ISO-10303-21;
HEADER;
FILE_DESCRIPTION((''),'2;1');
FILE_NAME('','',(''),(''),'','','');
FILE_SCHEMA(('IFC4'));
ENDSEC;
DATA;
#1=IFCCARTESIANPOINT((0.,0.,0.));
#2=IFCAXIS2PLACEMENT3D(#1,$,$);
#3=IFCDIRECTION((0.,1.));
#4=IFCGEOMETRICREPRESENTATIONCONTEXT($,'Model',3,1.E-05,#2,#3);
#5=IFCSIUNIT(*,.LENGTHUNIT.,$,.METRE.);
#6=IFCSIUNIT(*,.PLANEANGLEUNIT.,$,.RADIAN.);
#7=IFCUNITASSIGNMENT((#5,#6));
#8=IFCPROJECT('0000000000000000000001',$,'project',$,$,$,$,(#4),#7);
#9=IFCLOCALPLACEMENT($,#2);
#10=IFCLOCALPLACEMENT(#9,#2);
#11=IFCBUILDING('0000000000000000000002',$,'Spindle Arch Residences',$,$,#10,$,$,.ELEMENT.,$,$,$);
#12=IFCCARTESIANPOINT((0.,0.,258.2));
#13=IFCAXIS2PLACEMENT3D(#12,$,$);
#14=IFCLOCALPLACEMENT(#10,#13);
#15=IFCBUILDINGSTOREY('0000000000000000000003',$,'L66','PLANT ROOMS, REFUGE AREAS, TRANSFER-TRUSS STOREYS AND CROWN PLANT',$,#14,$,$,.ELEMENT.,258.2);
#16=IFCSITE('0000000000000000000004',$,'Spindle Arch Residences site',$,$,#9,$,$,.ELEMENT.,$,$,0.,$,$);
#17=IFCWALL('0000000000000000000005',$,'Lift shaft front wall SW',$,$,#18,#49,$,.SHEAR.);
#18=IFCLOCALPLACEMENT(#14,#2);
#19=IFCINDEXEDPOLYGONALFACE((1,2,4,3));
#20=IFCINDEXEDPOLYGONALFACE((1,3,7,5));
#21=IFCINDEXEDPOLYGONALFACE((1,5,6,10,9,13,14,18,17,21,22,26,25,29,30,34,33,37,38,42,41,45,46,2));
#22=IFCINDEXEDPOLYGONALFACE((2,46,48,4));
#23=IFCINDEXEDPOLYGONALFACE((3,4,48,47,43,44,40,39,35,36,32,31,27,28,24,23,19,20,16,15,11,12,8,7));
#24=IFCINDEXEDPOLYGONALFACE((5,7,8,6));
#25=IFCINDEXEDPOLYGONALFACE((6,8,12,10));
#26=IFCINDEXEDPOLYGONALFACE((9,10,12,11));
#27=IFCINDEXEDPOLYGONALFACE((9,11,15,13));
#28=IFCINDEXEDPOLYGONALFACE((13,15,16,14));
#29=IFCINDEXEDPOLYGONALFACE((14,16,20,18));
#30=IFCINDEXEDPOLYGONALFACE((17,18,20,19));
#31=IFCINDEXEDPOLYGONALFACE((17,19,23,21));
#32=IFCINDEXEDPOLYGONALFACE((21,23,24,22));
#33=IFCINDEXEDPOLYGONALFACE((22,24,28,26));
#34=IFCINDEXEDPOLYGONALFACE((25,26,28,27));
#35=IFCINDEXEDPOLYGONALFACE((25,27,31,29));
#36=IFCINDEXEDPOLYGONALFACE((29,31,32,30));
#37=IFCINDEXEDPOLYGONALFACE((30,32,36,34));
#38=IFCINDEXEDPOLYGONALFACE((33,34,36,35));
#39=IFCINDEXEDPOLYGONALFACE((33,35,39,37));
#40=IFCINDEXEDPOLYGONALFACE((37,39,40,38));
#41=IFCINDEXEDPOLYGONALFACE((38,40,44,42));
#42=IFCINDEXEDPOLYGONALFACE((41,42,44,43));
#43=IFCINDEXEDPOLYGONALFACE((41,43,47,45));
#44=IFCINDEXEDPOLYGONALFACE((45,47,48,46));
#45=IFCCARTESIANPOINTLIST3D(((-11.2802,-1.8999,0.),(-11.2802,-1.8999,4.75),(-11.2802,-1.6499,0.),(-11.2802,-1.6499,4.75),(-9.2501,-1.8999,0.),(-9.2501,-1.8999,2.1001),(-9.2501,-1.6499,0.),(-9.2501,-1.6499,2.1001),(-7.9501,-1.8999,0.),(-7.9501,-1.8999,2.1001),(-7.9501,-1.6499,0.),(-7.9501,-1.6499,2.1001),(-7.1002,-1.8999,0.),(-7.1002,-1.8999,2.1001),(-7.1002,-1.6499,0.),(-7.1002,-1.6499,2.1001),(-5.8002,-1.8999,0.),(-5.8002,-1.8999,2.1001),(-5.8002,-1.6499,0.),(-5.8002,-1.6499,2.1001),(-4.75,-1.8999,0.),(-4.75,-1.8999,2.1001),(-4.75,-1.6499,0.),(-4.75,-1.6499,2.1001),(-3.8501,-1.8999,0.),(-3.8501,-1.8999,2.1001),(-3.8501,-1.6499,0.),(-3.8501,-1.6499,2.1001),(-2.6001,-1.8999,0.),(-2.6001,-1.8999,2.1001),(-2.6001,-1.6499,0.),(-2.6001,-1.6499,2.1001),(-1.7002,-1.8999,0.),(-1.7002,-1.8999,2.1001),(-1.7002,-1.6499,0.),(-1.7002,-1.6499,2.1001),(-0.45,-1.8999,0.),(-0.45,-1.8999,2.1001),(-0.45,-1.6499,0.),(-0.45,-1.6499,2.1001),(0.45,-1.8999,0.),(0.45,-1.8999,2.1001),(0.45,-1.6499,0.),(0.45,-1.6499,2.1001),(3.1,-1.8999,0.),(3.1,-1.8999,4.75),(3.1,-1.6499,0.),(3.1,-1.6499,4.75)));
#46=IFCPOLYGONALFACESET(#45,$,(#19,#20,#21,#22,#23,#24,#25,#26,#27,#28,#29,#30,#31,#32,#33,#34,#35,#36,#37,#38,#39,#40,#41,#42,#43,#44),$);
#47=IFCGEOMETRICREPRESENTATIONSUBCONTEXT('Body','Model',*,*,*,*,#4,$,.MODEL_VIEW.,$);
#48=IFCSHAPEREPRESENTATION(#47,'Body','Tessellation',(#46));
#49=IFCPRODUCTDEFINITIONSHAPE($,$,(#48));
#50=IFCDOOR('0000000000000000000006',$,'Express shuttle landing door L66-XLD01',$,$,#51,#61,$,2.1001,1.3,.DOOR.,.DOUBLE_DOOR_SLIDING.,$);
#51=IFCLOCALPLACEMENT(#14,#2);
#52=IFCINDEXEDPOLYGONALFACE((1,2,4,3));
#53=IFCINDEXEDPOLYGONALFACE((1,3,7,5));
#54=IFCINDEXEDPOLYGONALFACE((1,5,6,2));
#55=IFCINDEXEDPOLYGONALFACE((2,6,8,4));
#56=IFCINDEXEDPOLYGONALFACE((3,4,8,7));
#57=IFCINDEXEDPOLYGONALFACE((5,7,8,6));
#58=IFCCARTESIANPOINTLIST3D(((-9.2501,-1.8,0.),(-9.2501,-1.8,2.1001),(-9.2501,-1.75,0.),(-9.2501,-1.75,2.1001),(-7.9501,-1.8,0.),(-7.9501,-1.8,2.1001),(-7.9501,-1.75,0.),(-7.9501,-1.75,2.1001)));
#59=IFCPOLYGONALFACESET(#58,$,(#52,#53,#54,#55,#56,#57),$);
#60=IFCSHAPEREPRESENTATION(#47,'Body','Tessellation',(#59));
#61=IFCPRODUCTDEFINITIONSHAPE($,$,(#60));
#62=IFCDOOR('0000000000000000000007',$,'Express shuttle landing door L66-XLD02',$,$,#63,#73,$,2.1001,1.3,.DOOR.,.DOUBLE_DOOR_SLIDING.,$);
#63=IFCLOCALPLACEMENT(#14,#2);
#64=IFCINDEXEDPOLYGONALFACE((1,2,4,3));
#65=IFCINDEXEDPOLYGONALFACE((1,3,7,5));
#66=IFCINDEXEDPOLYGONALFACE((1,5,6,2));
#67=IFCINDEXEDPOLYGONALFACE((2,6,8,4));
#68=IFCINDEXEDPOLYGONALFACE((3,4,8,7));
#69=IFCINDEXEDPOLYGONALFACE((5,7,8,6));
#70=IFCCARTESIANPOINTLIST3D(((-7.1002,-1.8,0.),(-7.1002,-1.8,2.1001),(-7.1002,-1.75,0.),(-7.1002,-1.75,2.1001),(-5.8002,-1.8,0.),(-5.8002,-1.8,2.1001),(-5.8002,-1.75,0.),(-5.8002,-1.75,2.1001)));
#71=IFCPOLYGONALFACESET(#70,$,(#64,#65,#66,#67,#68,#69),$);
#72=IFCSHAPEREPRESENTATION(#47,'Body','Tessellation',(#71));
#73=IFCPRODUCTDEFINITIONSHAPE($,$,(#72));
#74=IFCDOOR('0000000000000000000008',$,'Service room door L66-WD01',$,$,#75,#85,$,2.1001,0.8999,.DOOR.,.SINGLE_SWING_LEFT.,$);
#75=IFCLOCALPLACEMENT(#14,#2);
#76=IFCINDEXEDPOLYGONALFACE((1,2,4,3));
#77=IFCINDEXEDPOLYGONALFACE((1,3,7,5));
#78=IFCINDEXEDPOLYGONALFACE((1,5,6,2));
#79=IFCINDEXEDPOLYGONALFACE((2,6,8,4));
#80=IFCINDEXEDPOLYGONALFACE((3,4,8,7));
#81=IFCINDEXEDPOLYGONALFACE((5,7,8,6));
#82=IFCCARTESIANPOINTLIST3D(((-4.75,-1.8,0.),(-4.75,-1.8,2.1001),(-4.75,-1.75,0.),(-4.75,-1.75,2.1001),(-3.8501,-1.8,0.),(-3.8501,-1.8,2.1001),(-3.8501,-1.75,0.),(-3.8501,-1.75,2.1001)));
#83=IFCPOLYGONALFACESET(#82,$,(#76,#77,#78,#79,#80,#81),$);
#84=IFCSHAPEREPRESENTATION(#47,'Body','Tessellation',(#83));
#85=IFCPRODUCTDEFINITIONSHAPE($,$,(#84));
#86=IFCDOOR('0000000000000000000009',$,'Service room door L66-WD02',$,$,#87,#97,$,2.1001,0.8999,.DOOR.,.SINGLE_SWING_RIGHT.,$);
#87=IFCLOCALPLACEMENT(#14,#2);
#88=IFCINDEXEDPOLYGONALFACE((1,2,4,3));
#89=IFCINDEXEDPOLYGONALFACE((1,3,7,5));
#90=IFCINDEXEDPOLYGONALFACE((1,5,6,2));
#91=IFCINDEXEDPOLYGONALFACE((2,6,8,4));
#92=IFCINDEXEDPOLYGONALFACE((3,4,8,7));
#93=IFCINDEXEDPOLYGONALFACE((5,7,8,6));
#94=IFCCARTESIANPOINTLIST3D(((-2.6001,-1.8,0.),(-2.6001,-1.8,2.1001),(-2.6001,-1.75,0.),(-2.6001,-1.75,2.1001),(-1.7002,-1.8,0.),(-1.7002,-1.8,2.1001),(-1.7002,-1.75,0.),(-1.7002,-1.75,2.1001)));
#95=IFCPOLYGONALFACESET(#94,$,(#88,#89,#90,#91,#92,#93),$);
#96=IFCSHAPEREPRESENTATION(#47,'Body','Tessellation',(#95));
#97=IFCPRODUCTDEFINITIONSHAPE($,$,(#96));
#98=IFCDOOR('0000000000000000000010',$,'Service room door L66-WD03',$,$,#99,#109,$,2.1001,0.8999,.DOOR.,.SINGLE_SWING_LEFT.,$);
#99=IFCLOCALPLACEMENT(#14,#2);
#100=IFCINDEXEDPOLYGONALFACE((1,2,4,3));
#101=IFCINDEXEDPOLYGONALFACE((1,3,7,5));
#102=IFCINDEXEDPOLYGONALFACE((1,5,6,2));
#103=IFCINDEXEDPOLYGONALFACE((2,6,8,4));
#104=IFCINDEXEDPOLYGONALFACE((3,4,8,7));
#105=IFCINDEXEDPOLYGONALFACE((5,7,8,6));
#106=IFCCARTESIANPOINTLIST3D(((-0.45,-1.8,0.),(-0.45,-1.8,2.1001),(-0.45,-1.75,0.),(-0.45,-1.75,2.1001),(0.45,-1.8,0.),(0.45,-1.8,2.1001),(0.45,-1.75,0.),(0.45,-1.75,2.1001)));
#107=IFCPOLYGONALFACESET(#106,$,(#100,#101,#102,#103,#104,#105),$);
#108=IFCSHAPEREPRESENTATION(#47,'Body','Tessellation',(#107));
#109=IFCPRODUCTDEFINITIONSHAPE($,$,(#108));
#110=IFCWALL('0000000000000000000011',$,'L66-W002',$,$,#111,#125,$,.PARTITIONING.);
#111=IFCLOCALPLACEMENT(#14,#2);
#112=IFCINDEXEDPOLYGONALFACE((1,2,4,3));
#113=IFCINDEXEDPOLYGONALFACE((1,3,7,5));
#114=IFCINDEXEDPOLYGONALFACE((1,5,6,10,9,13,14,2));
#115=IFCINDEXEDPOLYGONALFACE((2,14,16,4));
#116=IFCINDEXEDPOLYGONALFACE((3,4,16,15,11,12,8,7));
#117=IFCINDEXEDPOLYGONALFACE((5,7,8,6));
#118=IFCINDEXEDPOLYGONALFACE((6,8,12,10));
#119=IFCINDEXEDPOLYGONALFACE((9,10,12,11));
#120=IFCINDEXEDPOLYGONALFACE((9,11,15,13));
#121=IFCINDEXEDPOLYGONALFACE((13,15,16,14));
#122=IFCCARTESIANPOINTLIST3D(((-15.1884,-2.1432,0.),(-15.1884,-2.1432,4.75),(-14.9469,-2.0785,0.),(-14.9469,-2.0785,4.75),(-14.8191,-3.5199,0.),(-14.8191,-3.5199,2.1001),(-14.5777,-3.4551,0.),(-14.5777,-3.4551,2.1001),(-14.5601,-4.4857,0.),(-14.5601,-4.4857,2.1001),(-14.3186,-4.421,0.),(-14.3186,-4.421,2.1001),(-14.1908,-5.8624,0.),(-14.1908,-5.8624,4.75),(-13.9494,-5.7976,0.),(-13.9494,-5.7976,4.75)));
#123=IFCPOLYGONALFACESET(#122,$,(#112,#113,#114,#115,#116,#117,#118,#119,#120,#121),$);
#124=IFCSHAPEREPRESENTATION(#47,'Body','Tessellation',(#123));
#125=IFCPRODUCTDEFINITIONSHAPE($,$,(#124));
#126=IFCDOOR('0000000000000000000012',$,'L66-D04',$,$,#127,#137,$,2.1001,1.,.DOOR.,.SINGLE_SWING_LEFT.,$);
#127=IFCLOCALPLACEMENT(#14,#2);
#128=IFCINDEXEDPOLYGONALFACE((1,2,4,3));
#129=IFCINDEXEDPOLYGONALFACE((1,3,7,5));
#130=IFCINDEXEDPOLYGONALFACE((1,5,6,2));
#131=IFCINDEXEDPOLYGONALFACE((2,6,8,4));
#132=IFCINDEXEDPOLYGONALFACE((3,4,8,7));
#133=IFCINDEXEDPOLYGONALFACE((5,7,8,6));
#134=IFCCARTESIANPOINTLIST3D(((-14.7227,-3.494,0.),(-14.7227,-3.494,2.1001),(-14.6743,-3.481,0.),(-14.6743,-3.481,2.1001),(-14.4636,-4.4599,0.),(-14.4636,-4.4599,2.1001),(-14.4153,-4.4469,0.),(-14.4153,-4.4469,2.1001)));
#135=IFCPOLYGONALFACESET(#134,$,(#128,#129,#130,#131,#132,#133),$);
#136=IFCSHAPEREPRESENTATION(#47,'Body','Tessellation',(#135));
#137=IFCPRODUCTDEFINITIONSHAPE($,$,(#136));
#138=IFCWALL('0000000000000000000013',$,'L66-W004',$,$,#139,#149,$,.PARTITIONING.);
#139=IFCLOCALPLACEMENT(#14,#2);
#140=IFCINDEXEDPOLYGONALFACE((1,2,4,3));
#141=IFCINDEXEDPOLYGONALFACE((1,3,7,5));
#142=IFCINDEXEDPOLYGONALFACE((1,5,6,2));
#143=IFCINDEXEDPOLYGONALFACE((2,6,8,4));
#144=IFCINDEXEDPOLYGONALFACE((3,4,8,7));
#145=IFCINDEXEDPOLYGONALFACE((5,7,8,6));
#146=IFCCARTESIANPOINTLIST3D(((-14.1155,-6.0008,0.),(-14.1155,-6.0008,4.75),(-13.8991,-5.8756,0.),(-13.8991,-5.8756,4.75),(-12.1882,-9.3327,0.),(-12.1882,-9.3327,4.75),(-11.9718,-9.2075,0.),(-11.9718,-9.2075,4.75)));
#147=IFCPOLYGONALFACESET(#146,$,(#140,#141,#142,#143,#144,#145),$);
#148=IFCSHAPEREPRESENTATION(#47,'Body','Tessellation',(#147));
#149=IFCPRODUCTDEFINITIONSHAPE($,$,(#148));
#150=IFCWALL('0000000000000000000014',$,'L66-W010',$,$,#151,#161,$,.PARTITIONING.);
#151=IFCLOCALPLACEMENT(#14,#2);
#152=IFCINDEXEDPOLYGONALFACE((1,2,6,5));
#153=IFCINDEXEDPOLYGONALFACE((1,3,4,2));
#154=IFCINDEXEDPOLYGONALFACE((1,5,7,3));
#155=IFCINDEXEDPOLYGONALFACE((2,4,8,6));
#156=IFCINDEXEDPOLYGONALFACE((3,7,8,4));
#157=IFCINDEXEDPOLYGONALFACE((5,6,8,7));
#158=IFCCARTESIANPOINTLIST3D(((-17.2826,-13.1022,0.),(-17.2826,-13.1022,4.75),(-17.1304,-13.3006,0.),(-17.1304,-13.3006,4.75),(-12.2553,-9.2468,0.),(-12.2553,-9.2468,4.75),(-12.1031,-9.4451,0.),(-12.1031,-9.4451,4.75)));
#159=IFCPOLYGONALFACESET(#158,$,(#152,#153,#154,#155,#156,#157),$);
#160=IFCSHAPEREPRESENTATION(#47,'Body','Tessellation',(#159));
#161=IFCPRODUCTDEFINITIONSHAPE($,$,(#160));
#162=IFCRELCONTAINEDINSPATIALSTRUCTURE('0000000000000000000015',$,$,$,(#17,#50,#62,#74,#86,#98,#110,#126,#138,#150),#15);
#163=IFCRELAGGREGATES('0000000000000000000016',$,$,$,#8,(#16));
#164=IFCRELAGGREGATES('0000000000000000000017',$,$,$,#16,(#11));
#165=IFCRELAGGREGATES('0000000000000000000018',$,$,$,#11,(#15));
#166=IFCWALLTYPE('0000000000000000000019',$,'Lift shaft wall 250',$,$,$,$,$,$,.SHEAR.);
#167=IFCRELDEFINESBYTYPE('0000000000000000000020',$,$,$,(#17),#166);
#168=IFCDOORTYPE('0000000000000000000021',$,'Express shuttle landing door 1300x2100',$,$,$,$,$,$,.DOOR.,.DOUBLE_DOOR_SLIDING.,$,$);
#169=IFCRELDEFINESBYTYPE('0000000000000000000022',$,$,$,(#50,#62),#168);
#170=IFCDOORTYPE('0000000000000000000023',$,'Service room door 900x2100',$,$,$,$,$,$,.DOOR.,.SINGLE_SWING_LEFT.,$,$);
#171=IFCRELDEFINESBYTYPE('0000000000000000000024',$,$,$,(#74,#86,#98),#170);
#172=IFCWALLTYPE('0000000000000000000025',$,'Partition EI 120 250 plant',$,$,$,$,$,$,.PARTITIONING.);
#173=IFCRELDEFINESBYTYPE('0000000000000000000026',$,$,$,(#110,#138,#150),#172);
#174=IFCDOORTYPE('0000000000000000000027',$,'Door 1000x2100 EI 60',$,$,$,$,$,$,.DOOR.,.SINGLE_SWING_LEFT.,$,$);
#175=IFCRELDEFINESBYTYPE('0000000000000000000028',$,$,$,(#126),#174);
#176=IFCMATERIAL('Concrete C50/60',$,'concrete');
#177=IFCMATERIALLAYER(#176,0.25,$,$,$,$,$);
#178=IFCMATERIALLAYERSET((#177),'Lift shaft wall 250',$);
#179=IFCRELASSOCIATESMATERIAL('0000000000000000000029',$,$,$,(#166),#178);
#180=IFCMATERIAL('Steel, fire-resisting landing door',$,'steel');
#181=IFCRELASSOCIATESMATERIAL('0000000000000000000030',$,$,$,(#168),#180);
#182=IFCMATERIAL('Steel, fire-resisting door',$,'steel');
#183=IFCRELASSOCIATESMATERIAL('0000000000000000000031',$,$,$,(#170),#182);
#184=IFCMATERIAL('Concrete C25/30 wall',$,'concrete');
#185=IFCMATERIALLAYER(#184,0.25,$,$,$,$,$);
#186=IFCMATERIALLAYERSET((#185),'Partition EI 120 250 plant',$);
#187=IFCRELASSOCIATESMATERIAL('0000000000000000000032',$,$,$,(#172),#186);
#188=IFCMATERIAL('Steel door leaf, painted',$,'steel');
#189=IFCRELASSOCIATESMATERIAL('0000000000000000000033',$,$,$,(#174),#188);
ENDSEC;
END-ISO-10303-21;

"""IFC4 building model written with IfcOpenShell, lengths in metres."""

from ifc_helpers import new_model, si_unit, direction, frame, frame_2d, origin, place, context, subcontext, project, spatial, rectangle, extrude, material, layer, layer_set, type_object, element, fill, save


model = new_model("IFC4")

# Units and contexts
model_context = context("Model", 3, precision=1e-05, world=origin(), true_north=direction((0.0, 1.0)))
body_context = subcontext(model_context, "Body", "Model", "MODEL_VIEW")
ifc_project = project(units=[si_unit("LENGTHUNIT", "METRE"), si_unit("PLANEANGLEUNIT", "RADIAN")], contexts=[model_context])

# Site, building, storey
site_placement = place(None, origin())
site = spatial("IfcSite", under=ifc_project, at=site_placement, Name="Spindle Arch Residences site", CompositionType="ELEMENT", RefElevation=0.0)
building_placement = place(site_placement, origin())
building = spatial("IfcBuilding", under=site, at=building_placement, Name="Spindle Arch Residences", CompositionType="ELEMENT")
storey_placement = place(building_placement, frame((0.0, 0.0, 258.2)))
storey = spatial("IfcBuildingStorey", under=building, at=storey_placement, Name="L66", Description="PLANT ROOMS, REFUGE AREAS, TRANSFER-TRUSS STOREYS AND CROWN PLANT", CompositionType="ELEMENT", Elevation=258.2)

# Wall, openings, doors
ifc_material_1 = material(Name="Concrete C50/60", Category="concrete")
ifc_layer_1 = layer(ifc_material_1, 0.25)
ifc_layer_set_1 = layer_set([ifc_layer_1], Name="Lift shaft wall 250")
wall_type_1 = type_object("IfcWallType", Name="Lift shaft wall 250", PredefinedType="SHEAR", material=ifc_layer_set_1)
wall_1_placement = place(storey_placement, frame((-11.28, -1.7749, 0.0), z_axis=(0.0, 0.0, 1.0), x_axis=(1.0, 0.0, 0.0)))
wall_1 = element("IfcWall", 1, at=wall_1_placement, inside=storey, type_object=wall_type_1, Name="Lift shaft front wall SW", PredefinedType="SHEAR", context=body_context, shape_type="SweptSolid", body=[
    extrude(rectangle(XDim=14.3801, YDim=0.25, at=frame_2d((7.1899, 0.0))), origin(), (0.0, 0.0, 1.0), 4.75),
])
opening_1_placement = place(wall_1_placement, frame((2.03, 0.0, 0.0)))
opening_1 = element("IfcOpeningElement", 2, at=opening_1_placement, cuts=wall_1, PredefinedType="OPENING", context=body_context, shape_type="SweptSolid", body=[
    extrude(rectangle(XDim=1.3, YDim=2.1001, at=frame_2d((0.6499, 1.05))), frame((0.0, 0.135, 0.0), z_axis=(0.0, -1.0, 0.0), x_axis=(1.0, 0.0, 0.0)), (0.0, 0.0, 1.0), 0.27),
])
opening_2_placement = place(wall_1_placement, frame((4.1799, 0.0, 0.0)))
opening_2 = element("IfcOpeningElement", 3, at=opening_2_placement, cuts=wall_1, PredefinedType="OPENING", context=body_context, shape_type="SweptSolid", body=[
    extrude(rectangle(XDim=1.3, YDim=2.1001, at=frame_2d((0.6499, 1.05))), frame((0.0, 0.135, 0.0), z_axis=(0.0, -1.0, 0.0), x_axis=(1.0, 0.0, 0.0)), (0.0, 0.0, 1.0), 0.27),
])
opening_3_placement = place(wall_1_placement, frame((6.53, 0.0, 0.0)))
opening_3 = element("IfcOpeningElement", 4, at=opening_3_placement, cuts=wall_1, PredefinedType="OPENING", context=body_context, shape_type="SweptSolid", body=[
    extrude(rectangle(XDim=0.8999, YDim=2.1001, at=frame_2d((0.45, 1.05))), frame((0.0, 0.135, 0.0), z_axis=(0.0, -1.0, 0.0), x_axis=(1.0, 0.0, 0.0)), (0.0, 0.0, 1.0), 0.27),
])
opening_4_placement = place(wall_1_placement, frame((8.6799, 0.0, 0.0)))
opening_4 = element("IfcOpeningElement", 5, at=opening_4_placement, cuts=wall_1, PredefinedType="OPENING", context=body_context, shape_type="SweptSolid", body=[
    extrude(rectangle(XDim=0.8999, YDim=2.1001, at=frame_2d((0.45, 1.05))), frame((0.0, 0.135, 0.0), z_axis=(0.0, -1.0, 0.0), x_axis=(1.0, 0.0, 0.0)), (0.0, 0.0, 1.0), 0.27),
])
opening_5_placement = place(wall_1_placement, frame((10.8301, 0.0, 0.0)))
opening_5 = element("IfcOpeningElement", 6, at=opening_5_placement, cuts=wall_1, PredefinedType="OPENING", context=body_context, shape_type="SweptSolid", body=[
    extrude(rectangle(XDim=0.8999, YDim=2.1001, at=frame_2d((0.45, 1.05))), frame((0.0, 0.135, 0.0), z_axis=(0.0, -1.0, 0.0), x_axis=(1.0, 0.0, 0.0)), (0.0, 0.0, 1.0), 0.27),
])
ifc_material_2 = material(Name="Steel, fire-resisting landing door", Category="steel")
door_type_1 = type_object("IfcDoorType", Name="Express shuttle landing door 1300x2100", OperationType="DOUBLE_DOOR_SLIDING", PredefinedType="DOOR", material=ifc_material_2)
door_1_placement = place(opening_1_placement, origin())
door_1 = element("IfcDoor", 7, at=door_1_placement, inside=storey, type_object=door_type_1, Name="Express shuttle landing door L66-XLD01", OperationType="DOUBLE_DOOR_SLIDING", OverallHeight=2.1001, OverallWidth=1.3, PredefinedType="DOOR", context=body_context, shape_type="SweptSolid", body=[
    extrude(rectangle(XDim=1.3, YDim=2.1001, at=frame_2d((0.6499, 1.05))), frame((0.0, 0.0249, 0.0), z_axis=(0.0, -1.0, 0.0), x_axis=(1.0, 0.0, 0.0)), (0.0, 0.0, 1.0), 0.05),
])
fill(opening_1, door_1)
door_2_placement = place(opening_2_placement, origin())
door_2 = element("IfcDoor", 8, at=door_2_placement, inside=storey, type_object=door_type_1, Name="Express shuttle landing door L66-XLD02", OperationType="DOUBLE_DOOR_SLIDING", OverallHeight=2.1001, OverallWidth=1.3, PredefinedType="DOOR", context=body_context, shape_type="SweptSolid", body=[
    extrude(rectangle(XDim=1.3, YDim=2.1001, at=frame_2d((0.6499, 1.05))), frame((0.0, 0.0249, 0.0), z_axis=(0.0, -1.0, 0.0), x_axis=(1.0, 0.0, 0.0)), (0.0, 0.0, 1.0), 0.05),
])
fill(opening_2, door_2)
ifc_material_3 = material(Name="Steel, fire-resisting door", Category="steel")
door_type_2 = type_object("IfcDoorType", Name="Service room door 900x2100", OperationType="SINGLE_SWING_LEFT", PredefinedType="DOOR", material=ifc_material_3)
door_3_placement = place(opening_3_placement, origin())
door_3 = element("IfcDoor", 9, at=door_3_placement, inside=storey, type_object=door_type_2, Name="Service room door L66-WD01", OperationType="SINGLE_SWING_LEFT", OverallHeight=2.1001, OverallWidth=0.8999, PredefinedType="DOOR", context=body_context, shape_type="SweptSolid", body=[
    extrude(rectangle(XDim=0.8999, YDim=2.1001, at=frame_2d((0.45, 1.05))), frame((0.0, 0.0249, 0.0), z_axis=(0.0, -1.0, 0.0), x_axis=(1.0, 0.0, 0.0)), (0.0, 0.0, 1.0), 0.05),
])
fill(opening_3, door_3)
door_4_placement = place(opening_4_placement, origin())
door_4 = element("IfcDoor", 10, at=door_4_placement, inside=storey, type_object=door_type_2, Name="Service room door L66-WD02", OperationType="SINGLE_SWING_RIGHT", OverallHeight=2.1001, OverallWidth=0.8999, PredefinedType="DOOR", context=body_context, shape_type="SweptSolid", body=[
    extrude(rectangle(XDim=0.8999, YDim=2.1001, at=frame_2d((0.45, 1.05))), frame((0.0, 0.0249, 0.0), z_axis=(0.0, -1.0, 0.0), x_axis=(1.0, 0.0, 0.0)), (0.0, 0.0, 1.0), 0.05),
])
fill(opening_4, door_4)
door_5_placement = place(opening_5_placement, origin())
door_5 = element("IfcDoor", 11, at=door_5_placement, inside=storey, type_object=door_type_2, Name="Service room door L66-WD03", OperationType="SINGLE_SWING_LEFT", OverallHeight=2.1001, OverallWidth=0.8999, PredefinedType="DOOR", context=body_context, shape_type="SweptSolid", body=[
    extrude(rectangle(XDim=0.8999, YDim=2.1001, at=frame_2d((0.45, 1.05))), frame((0.0, 0.0249, 0.0), z_axis=(0.0, -1.0, 0.0), x_axis=(1.0, 0.0, 0.0)), (0.0, 0.0, 1.0), 0.05),
])
fill(opening_5, door_5)

# Wall, opening, door
ifc_material_4 = material(Name="Concrete C25/30 wall", Category="concrete")
ifc_layer_2 = layer(ifc_material_4, 0.25)
ifc_layer_set_2 = layer_set([ifc_layer_2], Name="Partition EI 120 250 plant")
wall_type_2 = type_object("IfcWallType", Name="Partition EI 120 250 plant", PredefinedType="PARTITIONING", material=ifc_layer_set_2)
wall_2_placement = place(storey_placement, frame((-15.0676, -2.1108, 0.0), z_axis=(0.0, 0.0, 1.0), x_axis=(0.259059, -0.965861, 0.0)))
wall_2 = element("IfcWall", 12, at=wall_2_placement, inside=storey, type_object=wall_type_2, Name="L66-W002", PredefinedType="PARTITIONING", context=body_context, shape_type="SweptSolid", body=[
    extrude(rectangle(XDim=3.8506, YDim=0.25, at=frame_2d((1.9253, 0.0))), origin(), (0.0, 0.0, 1.0), 4.75),
])
opening_6_placement = place(wall_2_placement, frame((1.4253, 0.0, 0.0)))
opening_6 = element("IfcOpeningElement", 13, at=opening_6_placement, cuts=wall_2, PredefinedType="OPENING", context=body_context, shape_type="SweptSolid", body=[
    extrude(rectangle(XDim=1.0, YDim=2.1001, at=frame_2d((0.5, 1.05))), frame((0.0, 0.135, 0.0), z_axis=(0.0, -1.0, 0.0), x_axis=(1.0, 0.0, 0.0)), (0.0, 0.0, 1.0), 0.27),
])
ifc_material_5 = material(Name="Steel door leaf, painted", Category="steel")
door_type_3 = type_object("IfcDoorType", Name="Door 1000x2100 EI 60", OperationType="SINGLE_SWING_LEFT", PredefinedType="DOOR", material=ifc_material_5)
door_6_placement = place(opening_6_placement, origin())
door_6 = element("IfcDoor", 14, at=door_6_placement, inside=storey, type_object=door_type_3, Name="L66-D04", OperationType="SINGLE_SWING_LEFT", OverallHeight=2.1001, OverallWidth=1.0, PredefinedType="DOOR", context=body_context, shape_type="SweptSolid", body=[
    extrude(rectangle(XDim=1.0, YDim=2.1001, at=frame_2d((0.5, 1.05))), frame((0.0, 0.0249, 0.0), z_axis=(0.0, -1.0, 0.0), x_axis=(1.0, 0.0, 0.0)), (0.0, 0.0, 1.0), 0.05),
])
fill(opening_6, door_6)

# Walls
wall_3_placement = place(storey_placement, frame((-14.0073, -5.9382, 0.0), z_axis=(0.0, 0.0, 1.0), x_axis=(0.500709, -0.865616, 0.0)))
element("IfcWall", 15, at=wall_3_placement, inside=storey, type_object=wall_type_2, Name="L66-W004", PredefinedType="PARTITIONING", context=body_context, shape_type="SweptSolid", body=[
    extrude(rectangle(XDim=3.8491, YDim=0.25, at=frame_2d((1.9246, 0.0))), origin(), (0.0, 0.0, 1.0), 4.75),
])
wall_4_placement = place(storey_placement, frame((-12.1792, -9.3459, 0.0), z_axis=(0.0, 0.0, 1.0), x_axis=(-0.793517, -0.608548, 0.0)))
element("IfcWall", 16, at=wall_4_placement, inside=storey, type_object=wall_type_2, Name="L66-W010", PredefinedType="PARTITIONING", context=body_context, shape_type="SweptSolid", body=[
    extrude(rectangle(XDim=6.3354, YDim=0.25, at=frame_2d((3.1677, 0.0))), origin(), (0.0, 0.0, 1.0), 4.75),
])

save(model, "model.ifc")
